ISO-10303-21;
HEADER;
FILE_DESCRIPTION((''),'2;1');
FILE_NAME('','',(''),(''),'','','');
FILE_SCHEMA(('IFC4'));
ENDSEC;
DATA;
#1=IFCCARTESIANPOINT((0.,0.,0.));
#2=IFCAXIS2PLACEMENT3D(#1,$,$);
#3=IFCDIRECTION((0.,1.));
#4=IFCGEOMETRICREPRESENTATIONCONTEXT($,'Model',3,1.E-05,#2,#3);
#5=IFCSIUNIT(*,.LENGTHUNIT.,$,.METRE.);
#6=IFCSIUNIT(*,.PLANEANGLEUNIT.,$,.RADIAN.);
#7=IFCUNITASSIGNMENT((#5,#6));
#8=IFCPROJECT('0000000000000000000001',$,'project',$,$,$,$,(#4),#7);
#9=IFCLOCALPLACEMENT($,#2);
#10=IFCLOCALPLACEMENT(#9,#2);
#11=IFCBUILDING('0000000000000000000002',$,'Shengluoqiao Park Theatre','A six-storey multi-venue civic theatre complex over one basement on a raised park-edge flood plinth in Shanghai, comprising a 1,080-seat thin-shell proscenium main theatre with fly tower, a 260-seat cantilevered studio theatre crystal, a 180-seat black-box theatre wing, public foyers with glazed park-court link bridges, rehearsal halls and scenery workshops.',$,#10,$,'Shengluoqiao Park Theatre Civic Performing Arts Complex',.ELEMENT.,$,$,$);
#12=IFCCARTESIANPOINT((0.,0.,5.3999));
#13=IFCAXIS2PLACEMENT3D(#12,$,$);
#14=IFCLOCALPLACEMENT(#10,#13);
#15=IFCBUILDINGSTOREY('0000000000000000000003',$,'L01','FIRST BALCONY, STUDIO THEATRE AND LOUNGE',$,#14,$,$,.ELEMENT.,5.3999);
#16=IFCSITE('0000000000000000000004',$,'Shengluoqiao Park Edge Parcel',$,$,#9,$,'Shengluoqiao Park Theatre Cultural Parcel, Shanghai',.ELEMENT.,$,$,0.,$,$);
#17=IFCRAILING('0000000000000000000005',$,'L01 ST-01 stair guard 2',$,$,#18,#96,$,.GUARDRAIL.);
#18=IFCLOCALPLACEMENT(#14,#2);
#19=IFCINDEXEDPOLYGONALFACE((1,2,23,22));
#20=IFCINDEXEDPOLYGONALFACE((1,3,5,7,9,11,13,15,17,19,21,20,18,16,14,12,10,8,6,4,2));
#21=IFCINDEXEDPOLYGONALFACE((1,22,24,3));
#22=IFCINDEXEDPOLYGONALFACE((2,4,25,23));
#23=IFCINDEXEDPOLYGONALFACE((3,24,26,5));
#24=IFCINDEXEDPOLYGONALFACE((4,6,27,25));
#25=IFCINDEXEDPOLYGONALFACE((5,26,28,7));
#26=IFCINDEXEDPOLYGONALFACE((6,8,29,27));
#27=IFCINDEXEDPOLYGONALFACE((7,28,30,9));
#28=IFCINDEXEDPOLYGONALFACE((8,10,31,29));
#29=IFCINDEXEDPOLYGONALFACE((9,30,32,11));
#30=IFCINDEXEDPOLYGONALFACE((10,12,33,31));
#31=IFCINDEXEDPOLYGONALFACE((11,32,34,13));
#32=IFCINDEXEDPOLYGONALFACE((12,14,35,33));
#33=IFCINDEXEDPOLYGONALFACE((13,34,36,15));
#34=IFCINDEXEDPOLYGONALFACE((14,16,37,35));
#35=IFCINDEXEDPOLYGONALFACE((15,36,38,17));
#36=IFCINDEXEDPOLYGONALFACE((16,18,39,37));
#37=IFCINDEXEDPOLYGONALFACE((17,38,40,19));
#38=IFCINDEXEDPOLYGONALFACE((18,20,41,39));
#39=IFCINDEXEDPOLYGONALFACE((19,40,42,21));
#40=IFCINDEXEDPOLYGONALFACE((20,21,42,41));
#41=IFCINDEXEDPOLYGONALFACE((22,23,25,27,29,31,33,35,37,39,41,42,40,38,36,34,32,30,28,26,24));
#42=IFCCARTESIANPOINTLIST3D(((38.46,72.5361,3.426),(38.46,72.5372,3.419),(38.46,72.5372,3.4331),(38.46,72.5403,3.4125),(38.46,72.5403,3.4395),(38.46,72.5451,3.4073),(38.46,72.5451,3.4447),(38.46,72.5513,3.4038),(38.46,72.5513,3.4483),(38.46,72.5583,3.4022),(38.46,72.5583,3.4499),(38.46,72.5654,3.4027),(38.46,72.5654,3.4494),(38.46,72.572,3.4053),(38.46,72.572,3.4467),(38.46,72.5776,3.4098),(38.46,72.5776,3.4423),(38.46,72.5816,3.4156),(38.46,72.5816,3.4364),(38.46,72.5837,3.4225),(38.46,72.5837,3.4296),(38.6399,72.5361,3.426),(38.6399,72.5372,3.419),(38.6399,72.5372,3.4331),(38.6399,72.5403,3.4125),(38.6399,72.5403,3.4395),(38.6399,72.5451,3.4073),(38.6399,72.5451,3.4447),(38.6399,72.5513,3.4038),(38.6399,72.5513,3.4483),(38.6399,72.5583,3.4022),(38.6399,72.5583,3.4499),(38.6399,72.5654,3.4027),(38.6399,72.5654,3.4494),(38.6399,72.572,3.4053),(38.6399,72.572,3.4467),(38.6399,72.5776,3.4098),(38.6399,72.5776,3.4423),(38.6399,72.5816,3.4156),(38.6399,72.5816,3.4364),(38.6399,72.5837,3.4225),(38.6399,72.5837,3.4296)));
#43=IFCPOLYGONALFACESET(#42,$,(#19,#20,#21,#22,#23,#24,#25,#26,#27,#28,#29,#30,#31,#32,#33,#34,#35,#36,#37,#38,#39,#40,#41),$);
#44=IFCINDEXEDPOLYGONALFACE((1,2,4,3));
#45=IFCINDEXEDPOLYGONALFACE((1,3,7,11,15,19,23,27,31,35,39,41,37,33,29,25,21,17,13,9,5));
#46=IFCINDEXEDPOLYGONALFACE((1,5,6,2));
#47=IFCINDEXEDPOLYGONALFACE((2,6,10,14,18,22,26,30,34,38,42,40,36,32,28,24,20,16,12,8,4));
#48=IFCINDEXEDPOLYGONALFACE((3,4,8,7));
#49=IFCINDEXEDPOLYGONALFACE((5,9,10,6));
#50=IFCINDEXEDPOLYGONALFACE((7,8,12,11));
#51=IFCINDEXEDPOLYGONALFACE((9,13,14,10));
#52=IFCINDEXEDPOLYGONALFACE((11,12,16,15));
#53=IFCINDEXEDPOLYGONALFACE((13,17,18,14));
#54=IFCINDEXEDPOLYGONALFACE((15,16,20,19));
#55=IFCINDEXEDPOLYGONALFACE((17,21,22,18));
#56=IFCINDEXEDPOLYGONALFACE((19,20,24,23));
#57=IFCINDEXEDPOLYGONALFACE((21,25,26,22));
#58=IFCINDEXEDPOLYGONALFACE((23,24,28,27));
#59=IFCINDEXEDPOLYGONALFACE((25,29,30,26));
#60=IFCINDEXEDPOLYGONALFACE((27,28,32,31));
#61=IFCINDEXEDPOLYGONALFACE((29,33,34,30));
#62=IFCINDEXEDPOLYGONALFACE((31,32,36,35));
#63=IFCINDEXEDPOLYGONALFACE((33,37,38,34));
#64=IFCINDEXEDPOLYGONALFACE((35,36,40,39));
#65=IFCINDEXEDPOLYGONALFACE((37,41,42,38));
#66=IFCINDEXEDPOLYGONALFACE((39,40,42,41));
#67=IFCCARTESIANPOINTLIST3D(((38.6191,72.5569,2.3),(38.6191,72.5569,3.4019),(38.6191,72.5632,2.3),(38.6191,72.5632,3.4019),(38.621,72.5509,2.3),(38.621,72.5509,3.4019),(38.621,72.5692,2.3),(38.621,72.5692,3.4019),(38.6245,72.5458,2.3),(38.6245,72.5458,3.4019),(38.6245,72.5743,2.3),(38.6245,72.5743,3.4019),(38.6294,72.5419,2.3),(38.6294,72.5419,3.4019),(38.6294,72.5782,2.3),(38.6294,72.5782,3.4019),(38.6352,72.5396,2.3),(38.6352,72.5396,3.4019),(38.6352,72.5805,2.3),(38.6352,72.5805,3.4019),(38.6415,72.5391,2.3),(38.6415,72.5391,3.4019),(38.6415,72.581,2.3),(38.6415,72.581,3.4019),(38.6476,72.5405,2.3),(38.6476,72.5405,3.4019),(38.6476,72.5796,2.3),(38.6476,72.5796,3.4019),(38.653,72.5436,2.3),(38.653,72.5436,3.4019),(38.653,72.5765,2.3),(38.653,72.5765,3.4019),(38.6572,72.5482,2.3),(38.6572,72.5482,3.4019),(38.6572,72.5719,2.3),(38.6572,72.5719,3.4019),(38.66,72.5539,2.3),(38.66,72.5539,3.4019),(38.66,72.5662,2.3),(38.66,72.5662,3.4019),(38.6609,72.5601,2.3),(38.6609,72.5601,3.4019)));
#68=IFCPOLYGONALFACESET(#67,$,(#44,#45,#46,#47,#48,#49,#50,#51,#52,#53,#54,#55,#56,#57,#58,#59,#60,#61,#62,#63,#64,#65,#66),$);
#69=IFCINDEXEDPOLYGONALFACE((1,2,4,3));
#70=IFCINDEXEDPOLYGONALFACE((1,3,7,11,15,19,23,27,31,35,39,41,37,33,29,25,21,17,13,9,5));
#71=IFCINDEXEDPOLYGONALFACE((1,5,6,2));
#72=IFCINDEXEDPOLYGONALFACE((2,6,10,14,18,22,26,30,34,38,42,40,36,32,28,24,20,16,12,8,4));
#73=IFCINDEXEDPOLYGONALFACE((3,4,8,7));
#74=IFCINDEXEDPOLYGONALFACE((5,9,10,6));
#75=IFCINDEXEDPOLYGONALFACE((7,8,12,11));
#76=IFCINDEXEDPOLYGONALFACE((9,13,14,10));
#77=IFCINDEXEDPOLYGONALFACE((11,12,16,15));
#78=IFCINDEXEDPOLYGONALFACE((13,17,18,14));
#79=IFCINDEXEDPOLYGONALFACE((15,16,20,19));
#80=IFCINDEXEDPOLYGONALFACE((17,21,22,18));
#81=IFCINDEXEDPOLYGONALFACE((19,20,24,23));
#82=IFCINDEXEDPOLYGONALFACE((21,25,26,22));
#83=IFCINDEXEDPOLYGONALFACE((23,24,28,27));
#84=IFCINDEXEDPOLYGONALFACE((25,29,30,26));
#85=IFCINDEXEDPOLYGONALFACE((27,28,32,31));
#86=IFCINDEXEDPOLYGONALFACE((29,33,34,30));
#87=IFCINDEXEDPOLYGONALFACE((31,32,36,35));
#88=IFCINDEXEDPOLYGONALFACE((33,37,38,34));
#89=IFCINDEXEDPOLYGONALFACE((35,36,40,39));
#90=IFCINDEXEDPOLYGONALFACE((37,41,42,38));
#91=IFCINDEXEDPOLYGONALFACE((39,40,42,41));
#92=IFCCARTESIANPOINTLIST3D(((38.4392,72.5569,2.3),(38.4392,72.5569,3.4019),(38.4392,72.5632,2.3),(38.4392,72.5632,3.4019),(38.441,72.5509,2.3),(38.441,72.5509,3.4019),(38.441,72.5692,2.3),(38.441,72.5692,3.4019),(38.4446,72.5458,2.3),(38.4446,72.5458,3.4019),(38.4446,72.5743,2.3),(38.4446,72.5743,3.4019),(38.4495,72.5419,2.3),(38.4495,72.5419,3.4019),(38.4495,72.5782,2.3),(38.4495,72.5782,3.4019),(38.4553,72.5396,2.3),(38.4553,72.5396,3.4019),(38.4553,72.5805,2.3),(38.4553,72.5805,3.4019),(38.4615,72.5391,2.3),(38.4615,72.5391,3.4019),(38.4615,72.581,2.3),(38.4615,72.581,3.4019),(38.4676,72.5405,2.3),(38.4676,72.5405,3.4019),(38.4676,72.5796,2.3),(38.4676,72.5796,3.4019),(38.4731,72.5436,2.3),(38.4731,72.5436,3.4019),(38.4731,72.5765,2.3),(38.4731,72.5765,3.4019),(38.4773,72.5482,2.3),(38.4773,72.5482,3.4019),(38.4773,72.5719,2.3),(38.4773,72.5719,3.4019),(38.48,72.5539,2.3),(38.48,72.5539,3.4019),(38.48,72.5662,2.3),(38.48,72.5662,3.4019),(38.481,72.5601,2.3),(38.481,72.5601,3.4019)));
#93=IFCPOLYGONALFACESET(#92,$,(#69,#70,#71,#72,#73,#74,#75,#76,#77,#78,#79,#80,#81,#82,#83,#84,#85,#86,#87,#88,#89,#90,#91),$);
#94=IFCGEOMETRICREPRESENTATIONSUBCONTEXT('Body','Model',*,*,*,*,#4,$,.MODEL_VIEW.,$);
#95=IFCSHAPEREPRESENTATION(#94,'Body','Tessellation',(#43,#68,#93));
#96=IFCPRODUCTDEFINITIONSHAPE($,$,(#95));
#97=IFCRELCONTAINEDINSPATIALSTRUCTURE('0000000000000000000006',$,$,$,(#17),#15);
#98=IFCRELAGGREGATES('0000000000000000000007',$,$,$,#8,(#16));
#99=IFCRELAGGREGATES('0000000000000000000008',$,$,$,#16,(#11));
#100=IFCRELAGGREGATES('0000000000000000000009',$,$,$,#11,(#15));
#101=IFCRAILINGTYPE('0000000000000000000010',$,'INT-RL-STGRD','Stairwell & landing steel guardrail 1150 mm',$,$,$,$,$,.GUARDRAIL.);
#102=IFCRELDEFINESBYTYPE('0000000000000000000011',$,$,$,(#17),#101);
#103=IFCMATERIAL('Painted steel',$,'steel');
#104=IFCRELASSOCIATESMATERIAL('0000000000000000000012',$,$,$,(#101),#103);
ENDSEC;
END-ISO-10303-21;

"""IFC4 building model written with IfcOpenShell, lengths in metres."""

from ifc_helpers import new_model, si_unit, direction, frame, origin, origin_2d, place, context, subcontext, project, spatial, circle, extrude, material, type_object, element, save


model = new_model("IFC4")

# Units and contexts
model_context = context("Model", 3, precision=1e-05, world=origin(), true_north=direction((0.0, 1.0)))
body_context = subcontext(model_context, "Body", "Model", "MODEL_VIEW")
ifc_project = project(units=[si_unit("LENGTHUNIT", "METRE"), si_unit("PLANEANGLEUNIT", "RADIAN")], contexts=[model_context])

# Site, building, storey
site_placement = place(None, origin())
site = spatial("IfcSite", under=ifc_project, at=site_placement, Name="Shengluoqiao Park Edge Parcel", LongName="Shengluoqiao Park Theatre Cultural Parcel, Shanghai", CompositionType="ELEMENT", RefElevation=0.0)
building_placement = place(site_placement, origin())
building = spatial("IfcBuilding", under=site, at=building_placement, Name="Shengluoqiao Park Theatre", Description="A six-storey multi-venue civic theatre complex over one basement on a raised park-edge flood plinth in Shanghai, comprising a 1,080-seat thin-shell proscenium main theatre with fly tower, a 260-seat cantilevered studio theatre crystal, a 180-seat black-box theatre wing, public foyers with glazed park-court link bridges, rehearsal halls and scenery workshops.", LongName="Shengluoqiao Park Theatre Civic Performing Arts Complex", CompositionType="ELEMENT")
storey_placement = place(building_placement, frame((0.0, 0.0, 5.3999)))
storey = spatial("IfcBuildingStorey", under=building, at=storey_placement, Name="L01", Description="FIRST BALCONY, STUDIO THEATRE AND LOUNGE", CompositionType="ELEMENT", Elevation=5.3999)

# Railing
ifc_material_1 = material(Name="Painted steel", Category="steel")
railing_type_1 = type_object("IfcRailingType", Name="INT-RL-STGRD", Description="Stairwell & landing steel guardrail 1150 mm", PredefinedType="GUARDRAIL", material=ifc_material_1)
railing_1_placement = place(storey_placement, frame((38.6399, 72.5601, 2.3)))
element("IfcRailing", 1, at=railing_1_placement, inside=storey, type_object=railing_type_1, Name="L01 ST-01 stair guard 2", PredefinedType="GUARDRAIL", context=body_context, shape_type="SweptSolid", body=[
    extrude(circle(Radius=0.0239, at=origin_2d()), frame((0.0, 0.0, 1.126), z_axis=(-1.0, 0.0, 0.0), x_axis=(0.0, -1.0, 0.0)), (0.0, 0.0, 1.0), 0.1799),
    extrude(circle(Radius=0.021, at=origin_2d()), origin(), (0.0, 0.0, 1.0), 1.1018),
    extrude(circle(Radius=0.021, at=origin_2d()), frame((-0.1799, 0.0, 0.0)), (0.0, 0.0, 1.0), 1.1018),
])

save(model, "model.ifc")
